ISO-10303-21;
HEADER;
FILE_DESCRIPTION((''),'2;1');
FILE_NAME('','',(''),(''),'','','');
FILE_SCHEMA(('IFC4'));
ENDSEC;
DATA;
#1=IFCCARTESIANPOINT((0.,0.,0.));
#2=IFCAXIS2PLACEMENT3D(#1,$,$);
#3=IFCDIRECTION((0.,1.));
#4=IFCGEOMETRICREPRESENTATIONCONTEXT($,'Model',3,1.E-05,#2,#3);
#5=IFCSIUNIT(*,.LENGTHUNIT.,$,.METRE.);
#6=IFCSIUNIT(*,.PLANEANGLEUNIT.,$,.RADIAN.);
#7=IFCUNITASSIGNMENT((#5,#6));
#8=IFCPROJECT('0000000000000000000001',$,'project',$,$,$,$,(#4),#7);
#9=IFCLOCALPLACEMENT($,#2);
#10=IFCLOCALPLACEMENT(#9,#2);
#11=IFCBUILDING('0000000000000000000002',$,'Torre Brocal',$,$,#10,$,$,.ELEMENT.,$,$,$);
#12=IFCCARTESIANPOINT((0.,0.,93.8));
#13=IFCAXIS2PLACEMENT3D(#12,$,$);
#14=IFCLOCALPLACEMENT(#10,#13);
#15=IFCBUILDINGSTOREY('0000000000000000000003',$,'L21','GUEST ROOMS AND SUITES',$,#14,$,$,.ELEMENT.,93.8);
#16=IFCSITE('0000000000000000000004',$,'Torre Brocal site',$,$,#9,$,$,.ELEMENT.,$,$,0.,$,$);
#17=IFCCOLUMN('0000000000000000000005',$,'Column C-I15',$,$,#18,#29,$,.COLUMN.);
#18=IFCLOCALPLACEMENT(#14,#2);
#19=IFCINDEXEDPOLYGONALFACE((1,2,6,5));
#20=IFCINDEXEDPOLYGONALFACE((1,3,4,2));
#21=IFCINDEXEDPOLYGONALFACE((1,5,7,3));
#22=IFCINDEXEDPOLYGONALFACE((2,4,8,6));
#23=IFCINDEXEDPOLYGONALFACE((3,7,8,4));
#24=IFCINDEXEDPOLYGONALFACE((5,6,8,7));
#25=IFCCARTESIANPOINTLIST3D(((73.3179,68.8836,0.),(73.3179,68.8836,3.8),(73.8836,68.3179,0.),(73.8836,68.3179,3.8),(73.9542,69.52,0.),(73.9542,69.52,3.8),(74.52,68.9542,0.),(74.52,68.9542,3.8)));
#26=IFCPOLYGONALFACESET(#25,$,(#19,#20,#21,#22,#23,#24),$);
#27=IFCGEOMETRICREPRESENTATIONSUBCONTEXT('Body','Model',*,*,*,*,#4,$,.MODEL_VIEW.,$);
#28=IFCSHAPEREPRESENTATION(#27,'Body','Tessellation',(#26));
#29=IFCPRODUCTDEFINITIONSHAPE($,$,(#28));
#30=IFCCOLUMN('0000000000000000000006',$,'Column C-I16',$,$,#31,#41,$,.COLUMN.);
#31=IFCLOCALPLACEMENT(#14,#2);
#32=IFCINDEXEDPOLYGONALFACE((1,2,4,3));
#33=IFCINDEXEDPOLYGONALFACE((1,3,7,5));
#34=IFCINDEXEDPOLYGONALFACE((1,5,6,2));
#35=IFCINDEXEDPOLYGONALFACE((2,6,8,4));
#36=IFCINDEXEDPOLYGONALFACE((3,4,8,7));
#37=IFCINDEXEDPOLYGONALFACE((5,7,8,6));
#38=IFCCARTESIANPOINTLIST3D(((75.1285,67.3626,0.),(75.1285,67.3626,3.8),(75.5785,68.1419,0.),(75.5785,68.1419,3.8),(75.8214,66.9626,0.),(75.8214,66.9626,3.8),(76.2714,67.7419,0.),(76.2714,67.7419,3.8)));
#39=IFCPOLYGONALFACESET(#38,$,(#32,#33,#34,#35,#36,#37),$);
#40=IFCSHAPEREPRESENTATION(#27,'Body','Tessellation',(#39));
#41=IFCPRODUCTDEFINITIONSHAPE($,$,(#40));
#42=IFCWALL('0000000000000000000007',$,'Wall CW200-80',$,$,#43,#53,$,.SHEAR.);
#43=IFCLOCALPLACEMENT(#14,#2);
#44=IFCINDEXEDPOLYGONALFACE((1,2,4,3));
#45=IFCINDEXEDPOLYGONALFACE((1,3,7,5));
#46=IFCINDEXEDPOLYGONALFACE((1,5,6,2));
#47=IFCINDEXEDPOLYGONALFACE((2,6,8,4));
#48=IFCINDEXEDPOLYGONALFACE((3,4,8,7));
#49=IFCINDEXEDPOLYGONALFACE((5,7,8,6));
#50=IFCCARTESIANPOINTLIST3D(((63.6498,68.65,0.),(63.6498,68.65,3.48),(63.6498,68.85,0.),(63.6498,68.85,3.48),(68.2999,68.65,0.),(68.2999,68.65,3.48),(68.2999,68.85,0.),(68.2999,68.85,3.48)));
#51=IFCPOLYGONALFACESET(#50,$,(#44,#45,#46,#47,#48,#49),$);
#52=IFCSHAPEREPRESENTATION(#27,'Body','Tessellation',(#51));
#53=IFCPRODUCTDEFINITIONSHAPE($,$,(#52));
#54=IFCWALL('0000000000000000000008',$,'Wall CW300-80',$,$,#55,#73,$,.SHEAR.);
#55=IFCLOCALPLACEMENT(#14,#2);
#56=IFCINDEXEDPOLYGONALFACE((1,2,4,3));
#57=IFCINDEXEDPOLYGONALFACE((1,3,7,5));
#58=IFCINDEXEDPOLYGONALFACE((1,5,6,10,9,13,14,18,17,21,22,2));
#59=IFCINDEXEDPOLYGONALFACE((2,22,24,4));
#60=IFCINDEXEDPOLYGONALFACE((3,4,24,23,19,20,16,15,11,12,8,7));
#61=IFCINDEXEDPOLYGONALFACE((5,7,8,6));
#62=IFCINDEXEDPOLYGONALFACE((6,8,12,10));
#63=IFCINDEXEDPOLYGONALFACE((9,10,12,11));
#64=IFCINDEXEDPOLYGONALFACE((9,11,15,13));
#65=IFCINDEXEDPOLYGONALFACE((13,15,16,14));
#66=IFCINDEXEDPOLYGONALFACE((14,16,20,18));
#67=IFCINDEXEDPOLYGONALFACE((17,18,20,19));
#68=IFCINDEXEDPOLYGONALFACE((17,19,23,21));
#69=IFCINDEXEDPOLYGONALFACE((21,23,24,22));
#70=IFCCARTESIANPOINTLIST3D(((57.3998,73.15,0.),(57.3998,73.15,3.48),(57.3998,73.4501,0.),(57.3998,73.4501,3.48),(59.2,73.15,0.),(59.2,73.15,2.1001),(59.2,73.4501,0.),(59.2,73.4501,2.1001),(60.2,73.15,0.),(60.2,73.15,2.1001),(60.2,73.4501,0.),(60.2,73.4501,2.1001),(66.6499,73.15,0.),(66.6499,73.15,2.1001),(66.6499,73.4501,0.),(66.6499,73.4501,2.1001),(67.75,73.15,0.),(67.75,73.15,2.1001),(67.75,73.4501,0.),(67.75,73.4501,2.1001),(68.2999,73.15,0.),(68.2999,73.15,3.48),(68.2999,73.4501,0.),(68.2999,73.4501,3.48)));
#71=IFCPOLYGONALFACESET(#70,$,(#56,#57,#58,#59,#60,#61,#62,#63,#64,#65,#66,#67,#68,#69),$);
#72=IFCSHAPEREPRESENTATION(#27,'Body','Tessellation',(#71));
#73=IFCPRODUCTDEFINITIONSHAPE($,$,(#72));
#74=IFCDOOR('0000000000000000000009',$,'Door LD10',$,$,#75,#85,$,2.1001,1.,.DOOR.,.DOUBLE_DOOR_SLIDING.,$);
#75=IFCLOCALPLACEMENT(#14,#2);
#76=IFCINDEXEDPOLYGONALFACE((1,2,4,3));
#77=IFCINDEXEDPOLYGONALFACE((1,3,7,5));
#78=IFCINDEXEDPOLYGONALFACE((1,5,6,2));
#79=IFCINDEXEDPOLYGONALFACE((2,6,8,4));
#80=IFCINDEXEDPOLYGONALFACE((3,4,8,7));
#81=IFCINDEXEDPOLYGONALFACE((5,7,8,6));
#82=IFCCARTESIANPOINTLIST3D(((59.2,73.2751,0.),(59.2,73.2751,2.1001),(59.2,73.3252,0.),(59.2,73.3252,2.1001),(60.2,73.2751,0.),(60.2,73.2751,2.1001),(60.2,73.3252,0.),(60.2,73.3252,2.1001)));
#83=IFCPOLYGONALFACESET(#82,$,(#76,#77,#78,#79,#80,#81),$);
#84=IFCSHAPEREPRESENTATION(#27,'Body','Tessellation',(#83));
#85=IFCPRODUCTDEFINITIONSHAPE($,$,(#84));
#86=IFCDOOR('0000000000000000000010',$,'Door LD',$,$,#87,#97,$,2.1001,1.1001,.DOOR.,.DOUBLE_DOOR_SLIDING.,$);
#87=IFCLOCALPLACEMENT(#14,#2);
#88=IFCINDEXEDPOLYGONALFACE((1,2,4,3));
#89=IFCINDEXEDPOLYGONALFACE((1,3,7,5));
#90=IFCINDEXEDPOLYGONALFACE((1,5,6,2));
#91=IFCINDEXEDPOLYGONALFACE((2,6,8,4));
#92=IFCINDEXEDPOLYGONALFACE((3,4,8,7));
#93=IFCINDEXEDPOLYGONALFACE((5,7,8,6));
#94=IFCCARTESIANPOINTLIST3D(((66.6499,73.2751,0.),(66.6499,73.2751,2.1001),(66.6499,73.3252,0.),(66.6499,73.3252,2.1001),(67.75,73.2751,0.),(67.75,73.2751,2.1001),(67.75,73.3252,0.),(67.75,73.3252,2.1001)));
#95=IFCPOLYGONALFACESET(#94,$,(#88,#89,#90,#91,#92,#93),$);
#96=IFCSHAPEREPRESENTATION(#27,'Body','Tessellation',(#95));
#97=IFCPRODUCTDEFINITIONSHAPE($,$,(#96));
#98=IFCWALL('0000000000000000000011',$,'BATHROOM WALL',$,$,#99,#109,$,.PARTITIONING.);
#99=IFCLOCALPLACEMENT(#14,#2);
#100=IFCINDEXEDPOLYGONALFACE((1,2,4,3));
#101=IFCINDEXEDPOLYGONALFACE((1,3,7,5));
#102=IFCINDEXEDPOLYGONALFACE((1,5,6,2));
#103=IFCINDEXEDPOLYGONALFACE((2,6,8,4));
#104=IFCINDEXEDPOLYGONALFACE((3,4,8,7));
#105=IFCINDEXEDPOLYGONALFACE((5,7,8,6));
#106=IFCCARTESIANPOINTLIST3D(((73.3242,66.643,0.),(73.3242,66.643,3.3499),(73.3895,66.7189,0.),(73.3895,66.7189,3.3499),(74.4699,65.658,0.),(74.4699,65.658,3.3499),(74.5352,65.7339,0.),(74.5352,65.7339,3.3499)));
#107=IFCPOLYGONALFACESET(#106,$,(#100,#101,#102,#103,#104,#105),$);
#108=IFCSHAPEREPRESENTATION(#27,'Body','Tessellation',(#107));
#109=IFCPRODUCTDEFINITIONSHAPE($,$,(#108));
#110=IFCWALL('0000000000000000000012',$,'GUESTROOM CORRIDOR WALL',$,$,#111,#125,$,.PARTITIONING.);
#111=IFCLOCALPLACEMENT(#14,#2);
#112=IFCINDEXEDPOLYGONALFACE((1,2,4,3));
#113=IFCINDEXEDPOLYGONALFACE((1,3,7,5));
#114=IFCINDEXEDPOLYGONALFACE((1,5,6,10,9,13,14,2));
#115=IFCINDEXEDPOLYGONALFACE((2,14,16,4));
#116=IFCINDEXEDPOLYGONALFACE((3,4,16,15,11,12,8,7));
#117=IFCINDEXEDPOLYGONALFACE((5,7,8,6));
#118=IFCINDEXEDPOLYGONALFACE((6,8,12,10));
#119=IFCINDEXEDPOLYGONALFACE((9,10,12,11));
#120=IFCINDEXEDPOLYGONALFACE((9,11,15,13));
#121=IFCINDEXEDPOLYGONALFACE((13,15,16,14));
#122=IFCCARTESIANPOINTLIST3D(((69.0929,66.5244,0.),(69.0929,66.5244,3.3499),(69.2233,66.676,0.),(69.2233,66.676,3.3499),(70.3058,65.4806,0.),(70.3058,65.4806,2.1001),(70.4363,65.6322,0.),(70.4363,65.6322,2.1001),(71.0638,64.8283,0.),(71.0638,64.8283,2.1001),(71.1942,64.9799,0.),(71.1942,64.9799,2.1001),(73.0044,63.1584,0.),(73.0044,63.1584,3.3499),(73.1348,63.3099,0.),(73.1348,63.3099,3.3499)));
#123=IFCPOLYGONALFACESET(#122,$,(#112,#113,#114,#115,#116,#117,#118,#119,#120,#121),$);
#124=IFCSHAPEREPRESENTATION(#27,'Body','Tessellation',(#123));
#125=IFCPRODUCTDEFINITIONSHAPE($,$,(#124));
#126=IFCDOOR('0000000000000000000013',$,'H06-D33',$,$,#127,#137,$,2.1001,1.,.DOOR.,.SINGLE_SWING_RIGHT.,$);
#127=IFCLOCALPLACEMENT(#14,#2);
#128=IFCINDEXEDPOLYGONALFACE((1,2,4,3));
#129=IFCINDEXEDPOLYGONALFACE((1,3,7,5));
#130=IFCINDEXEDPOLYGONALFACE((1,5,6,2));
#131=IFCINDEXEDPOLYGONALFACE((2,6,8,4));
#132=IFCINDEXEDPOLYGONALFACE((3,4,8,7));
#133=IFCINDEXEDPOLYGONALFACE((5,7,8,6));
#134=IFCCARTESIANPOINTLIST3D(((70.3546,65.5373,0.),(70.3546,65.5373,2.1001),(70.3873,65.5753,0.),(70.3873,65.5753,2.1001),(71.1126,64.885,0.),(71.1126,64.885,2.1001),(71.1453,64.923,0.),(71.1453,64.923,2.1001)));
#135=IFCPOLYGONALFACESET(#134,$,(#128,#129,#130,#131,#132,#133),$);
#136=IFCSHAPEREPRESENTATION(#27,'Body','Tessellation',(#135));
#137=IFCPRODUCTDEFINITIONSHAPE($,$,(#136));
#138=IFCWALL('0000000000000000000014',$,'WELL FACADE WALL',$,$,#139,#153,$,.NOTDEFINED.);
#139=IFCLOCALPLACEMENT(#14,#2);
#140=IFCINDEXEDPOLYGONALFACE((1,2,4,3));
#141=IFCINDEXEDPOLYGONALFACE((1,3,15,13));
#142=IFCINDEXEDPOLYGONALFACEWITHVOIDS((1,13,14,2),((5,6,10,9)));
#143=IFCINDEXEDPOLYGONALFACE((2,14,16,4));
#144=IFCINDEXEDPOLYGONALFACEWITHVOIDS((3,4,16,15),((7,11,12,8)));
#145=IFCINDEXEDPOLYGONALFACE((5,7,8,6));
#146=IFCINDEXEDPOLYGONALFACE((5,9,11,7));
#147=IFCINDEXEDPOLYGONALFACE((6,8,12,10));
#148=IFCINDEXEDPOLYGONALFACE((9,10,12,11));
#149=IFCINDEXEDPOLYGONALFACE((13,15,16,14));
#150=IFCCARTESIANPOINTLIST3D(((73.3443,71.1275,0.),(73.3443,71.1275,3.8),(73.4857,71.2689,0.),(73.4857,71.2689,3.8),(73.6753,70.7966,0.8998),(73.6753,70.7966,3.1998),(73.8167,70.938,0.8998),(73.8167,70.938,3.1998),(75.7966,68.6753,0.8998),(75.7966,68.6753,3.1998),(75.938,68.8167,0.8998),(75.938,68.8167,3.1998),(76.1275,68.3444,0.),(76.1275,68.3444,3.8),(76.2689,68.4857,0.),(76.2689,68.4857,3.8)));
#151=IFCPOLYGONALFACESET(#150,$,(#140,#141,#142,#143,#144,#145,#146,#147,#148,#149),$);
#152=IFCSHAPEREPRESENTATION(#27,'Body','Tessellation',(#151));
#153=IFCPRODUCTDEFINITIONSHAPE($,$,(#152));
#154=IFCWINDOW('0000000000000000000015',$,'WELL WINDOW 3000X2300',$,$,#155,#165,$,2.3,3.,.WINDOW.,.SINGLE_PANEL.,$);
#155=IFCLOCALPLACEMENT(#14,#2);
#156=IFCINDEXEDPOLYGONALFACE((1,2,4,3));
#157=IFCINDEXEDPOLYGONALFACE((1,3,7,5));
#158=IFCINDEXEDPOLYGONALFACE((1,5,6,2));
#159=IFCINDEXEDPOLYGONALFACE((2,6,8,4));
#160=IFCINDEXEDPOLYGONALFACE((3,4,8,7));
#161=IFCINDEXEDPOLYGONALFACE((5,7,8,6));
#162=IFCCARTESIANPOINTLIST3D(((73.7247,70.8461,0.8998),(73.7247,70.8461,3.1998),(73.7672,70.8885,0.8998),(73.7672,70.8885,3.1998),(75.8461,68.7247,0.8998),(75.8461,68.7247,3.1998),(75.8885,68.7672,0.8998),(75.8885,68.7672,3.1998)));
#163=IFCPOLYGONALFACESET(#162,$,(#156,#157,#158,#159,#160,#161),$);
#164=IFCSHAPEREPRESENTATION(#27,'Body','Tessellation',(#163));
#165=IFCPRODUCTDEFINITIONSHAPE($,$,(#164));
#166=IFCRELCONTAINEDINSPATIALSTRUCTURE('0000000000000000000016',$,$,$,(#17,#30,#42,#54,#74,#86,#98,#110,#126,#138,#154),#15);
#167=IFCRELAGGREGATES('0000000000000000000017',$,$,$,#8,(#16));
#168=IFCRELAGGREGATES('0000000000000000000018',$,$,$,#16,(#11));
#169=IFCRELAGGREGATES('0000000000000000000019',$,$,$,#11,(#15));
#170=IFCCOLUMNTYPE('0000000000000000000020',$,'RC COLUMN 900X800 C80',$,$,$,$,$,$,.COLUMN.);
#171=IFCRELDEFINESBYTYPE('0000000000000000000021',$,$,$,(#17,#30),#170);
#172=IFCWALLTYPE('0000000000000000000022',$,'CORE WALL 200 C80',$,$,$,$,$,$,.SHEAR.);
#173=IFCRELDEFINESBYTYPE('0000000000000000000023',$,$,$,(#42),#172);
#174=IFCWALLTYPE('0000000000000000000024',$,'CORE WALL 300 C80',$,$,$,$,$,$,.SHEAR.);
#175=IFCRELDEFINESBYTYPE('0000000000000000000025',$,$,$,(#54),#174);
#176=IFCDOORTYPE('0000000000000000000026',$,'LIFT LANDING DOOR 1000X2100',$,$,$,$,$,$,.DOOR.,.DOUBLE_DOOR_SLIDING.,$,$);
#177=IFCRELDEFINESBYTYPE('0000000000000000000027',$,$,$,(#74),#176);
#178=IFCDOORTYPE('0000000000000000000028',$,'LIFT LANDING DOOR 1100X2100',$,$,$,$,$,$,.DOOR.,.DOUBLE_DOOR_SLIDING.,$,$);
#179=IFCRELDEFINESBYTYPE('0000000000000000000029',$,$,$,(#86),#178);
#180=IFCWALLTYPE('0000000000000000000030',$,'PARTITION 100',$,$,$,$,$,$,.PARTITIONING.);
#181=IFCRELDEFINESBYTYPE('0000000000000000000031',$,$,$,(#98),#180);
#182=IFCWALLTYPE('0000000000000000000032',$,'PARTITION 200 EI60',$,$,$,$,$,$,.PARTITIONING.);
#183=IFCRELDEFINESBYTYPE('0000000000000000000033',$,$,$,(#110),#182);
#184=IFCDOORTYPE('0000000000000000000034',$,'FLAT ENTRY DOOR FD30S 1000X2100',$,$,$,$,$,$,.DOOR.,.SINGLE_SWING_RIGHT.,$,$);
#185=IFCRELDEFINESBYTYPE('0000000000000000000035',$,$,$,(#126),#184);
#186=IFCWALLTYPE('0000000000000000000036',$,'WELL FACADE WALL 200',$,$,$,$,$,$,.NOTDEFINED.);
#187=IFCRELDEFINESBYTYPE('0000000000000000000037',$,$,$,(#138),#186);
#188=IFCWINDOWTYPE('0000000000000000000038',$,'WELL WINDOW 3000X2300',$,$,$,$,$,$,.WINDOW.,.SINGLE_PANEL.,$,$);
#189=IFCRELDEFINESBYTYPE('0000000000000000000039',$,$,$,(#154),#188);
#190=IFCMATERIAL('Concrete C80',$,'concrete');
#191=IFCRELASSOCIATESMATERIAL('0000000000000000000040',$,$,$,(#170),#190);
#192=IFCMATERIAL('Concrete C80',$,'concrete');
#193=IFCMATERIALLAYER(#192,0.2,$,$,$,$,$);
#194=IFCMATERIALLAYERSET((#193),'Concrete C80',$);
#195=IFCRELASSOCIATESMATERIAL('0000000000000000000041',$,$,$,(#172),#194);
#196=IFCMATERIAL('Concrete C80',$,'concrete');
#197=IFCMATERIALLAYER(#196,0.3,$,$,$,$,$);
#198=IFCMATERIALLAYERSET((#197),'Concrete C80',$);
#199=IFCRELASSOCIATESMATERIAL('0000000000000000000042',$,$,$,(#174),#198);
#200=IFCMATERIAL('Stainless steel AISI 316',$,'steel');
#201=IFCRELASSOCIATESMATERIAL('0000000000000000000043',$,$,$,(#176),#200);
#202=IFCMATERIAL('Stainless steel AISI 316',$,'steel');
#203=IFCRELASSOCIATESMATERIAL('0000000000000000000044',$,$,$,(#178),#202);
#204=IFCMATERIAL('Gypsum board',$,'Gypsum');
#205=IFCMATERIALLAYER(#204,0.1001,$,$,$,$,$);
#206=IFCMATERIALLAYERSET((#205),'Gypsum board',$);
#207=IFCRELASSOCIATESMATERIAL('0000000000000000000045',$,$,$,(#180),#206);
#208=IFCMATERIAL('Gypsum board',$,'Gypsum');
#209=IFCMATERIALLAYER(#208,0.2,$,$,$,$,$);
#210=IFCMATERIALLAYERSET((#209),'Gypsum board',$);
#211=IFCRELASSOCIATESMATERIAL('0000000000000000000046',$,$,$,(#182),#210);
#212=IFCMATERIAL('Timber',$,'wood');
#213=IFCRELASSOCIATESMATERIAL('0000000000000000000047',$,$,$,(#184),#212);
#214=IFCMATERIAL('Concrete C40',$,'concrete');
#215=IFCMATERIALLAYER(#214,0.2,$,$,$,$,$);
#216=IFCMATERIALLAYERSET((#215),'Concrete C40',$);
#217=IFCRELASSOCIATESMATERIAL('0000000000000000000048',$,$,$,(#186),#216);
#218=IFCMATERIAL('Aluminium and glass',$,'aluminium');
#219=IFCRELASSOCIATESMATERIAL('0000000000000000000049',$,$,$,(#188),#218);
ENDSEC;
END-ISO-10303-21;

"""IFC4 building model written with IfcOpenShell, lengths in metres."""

from ifc_helpers import new_model, si_unit, direction, frame, frame_2d, origin, origin_2d, place, context, subcontext, project, spatial, rectangle, extrude, material, layer, layer_set, material_profile, profile_set, type_object, element, fill, save


model = new_model("IFC4")

# Units and contexts
model_context = context("Model", 3, precision=1e-05, world=origin(), true_north=direction((0.0, 1.0)))
body_context = subcontext(model_context, "Body", "Model", "MODEL_VIEW")
ifc_project = project(units=[si_unit("LENGTHUNIT", "METRE"), si_unit("PLANEANGLEUNIT", "RADIAN")], contexts=[model_context])

# Site, building, storey
site_placement = place(None, origin())
site = spatial("IfcSite", under=ifc_project, at=site_placement, Name="Torre Brocal site", CompositionType="ELEMENT", RefElevation=0.0)
building_placement = place(site_placement, origin())
building = spatial("IfcBuilding", under=site, at=building_placement, Name="Torre Brocal", CompositionType="ELEMENT")
storey_placement = place(building_placement, frame((0.0, 0.0, 93.8)))
storey = spatial("IfcBuildingStorey", under=building, at=storey_placement, Name="L21", Description="GUEST ROOMS AND SUITES", CompositionType="ELEMENT", Elevation=93.8)

# Columns
ifc_material_1 = material(Name="Concrete C80", Category="concrete")
ifc_material_profile = material_profile(ifc_material_1, rectangle(XDim=0.8999, YDim=0.8, at=origin_2d()), Name="RC 900X800")
ifc_profile_set = profile_set([ifc_material_profile], Name="Concrete C80")
column_type = type_object("IfcColumnType", Name="RC COLUMN 900X800 C80", PredefinedType="COLUMN", material=ifc_profile_set)
for number, where, z_axis, x_axis, name in (
    (1, (73.9189, 68.9189, 0.0), (0.0, 0.0, 1.0), (-0.707107, -0.707107, 0.0), "Column C-I15"),
    (2, (75.7, 67.5522, 0.0), (0.0, 0.0, 1.0), (-0.5, -0.866025, 0.0), "Column C-I16"),
):
    element("IfcColumn", number, at=place(storey_placement, frame(where, z_axis=z_axis, x_axis=x_axis)), inside=storey, type_object=column_type, Name=name, PredefinedType="COLUMN", context=body_context, shape_type="SweptSolid", body=[
        extrude(rectangle(XDim=0.8999, YDim=0.8, at=origin_2d()), origin(), (0.0, 0.0, 1.0), 3.8),
    ])

# Wall
ifc_material_2 = material(Name="Concrete C80", Category="concrete")
ifc_layer_1 = layer(ifc_material_2, 0.2)
ifc_layer_set_1 = layer_set([ifc_layer_1], Name="Concrete C80")
wall_type_1 = type_object("IfcWallType", Name="CORE WALL 200 C80", PredefinedType="SHEAR", material=ifc_layer_set_1)
wall_1_placement = place(storey_placement, frame((68.3, 68.75, 0.0), z_axis=(0.0, 0.0, 1.0), x_axis=(-1.0, 0.0, 0.0)))
element("IfcWall", 3, at=wall_1_placement, inside=storey, type_object=wall_type_1, Name="Wall CW200-80", PredefinedType="SHEAR", context=body_context, shape_type="SweptSolid", body=[
    extrude(rectangle(XDim=4.6501, YDim=0.2, at=frame_2d((2.3252, 0.0))), origin(), (0.0, 0.0, 1.0), 3.48),
])

# Wall, openings, doors
ifc_material_3 = material(Name="Concrete C80", Category="concrete")
ifc_layer_2 = layer(ifc_material_3, 0.3)
ifc_layer_set_2 = layer_set([ifc_layer_2], Name="Concrete C80")
wall_type_2 = type_object("IfcWallType", Name="CORE WALL 300 C80", PredefinedType="SHEAR", material=ifc_layer_set_2)
wall_2_placement = place(storey_placement, frame((68.3, 73.3, 0.0), z_axis=(0.0, 0.0, 1.0), x_axis=(-1.0, 0.0, 0.0)))
wall_2 = element("IfcWall", 4, at=wall_2_placement, inside=storey, type_object=wall_type_2, Name="Wall CW300-80", PredefinedType="SHEAR", context=body_context, shape_type="SweptSolid", body=[
    extrude(rectangle(XDim=10.9001, YDim=0.3, at=frame_2d((5.4502, 0.0))), origin(), (0.0, 0.0, 1.0), 3.48),
])
opening_1_placement = place(wall_2_placement, frame((0.55, 0.0, 0.0)))
opening_1 = element("IfcOpeningElement", 5, at=opening_1_placement, cuts=wall_2, PredefinedType="OPENING", context=body_context, shape_type="SweptSolid", body=[
    extrude(rectangle(XDim=1.1001, YDim=2.1001, at=frame_2d((0.55, 1.05))), frame((0.0, 0.1599, 0.0), z_axis=(0.0, -1.0, 0.0), x_axis=(1.0, 0.0, 0.0)), (0.0, 0.0, 1.0), 0.3201),
])
opening_2_placement = place(wall_2_placement, frame((8.1001, 0.0, 0.0)))
opening_2 = element("IfcOpeningElement", 6, at=opening_2_placement, cuts=wall_2, PredefinedType="OPENING", context=body_context, shape_type="SweptSolid", body=[
    extrude(rectangle(XDim=1.0, YDim=2.1001, at=frame_2d((0.5, 1.05))), frame((0.0, 0.1599, 0.0), z_axis=(0.0, -1.0, 0.0), x_axis=(1.0, 0.0, 0.0)), (0.0, 0.0, 1.0), 0.3201),
])
ifc_material_4 = material(Name="Stainless steel AISI 316", Category="steel")
door_type_1 = type_object("IfcDoorType", Name="LIFT LANDING DOOR 1000X2100", OperationType="DOUBLE_DOOR_SLIDING", PredefinedType="DOOR", material=ifc_material_4)
door_1_placement = place(opening_2_placement, origin())
door_1 = element("IfcDoor", 7, at=door_1_placement, inside=storey, type_object=door_type_1, Name="Door LD10", OperationType="DOUBLE_DOOR_SLIDING", OverallHeight=2.1001, OverallWidth=1.0, PredefinedType="DOOR", context=body_context, shape_type="SweptSolid", body=[
    extrude(rectangle(XDim=1.0, YDim=2.1001, at=frame_2d((0.5, 1.05))), frame((0.0, 0.0249, 0.0), z_axis=(0.0, -1.0, 0.0), x_axis=(1.0, 0.0, 0.0)), (0.0, 0.0, 1.0), 0.05),
])
fill(opening_2, door_1)
ifc_material_5 = material(Name="Stainless steel AISI 316", Category="steel")
door_type_2 = type_object("IfcDoorType", Name="LIFT LANDING DOOR 1100X2100", OperationType="DOUBLE_DOOR_SLIDING", PredefinedType="DOOR", material=ifc_material_5)
door_2_placement = place(opening_1_placement, origin())
door_2 = element("IfcDoor", 8, at=door_2_placement, inside=storey, type_object=door_type_2, Name="Door LD", OperationType="DOUBLE_DOOR_SLIDING", OverallHeight=2.1001, OverallWidth=1.1001, PredefinedType="DOOR", context=body_context, shape_type="SweptSolid", body=[
    extrude(rectangle(XDim=1.1001, YDim=2.1001, at=frame_2d((0.55, 1.05))), frame((0.0, 0.0249, 0.0), z_axis=(0.0, -1.0, 0.0), x_axis=(1.0, 0.0, 0.0)), (0.0, 0.0, 1.0), 0.05),
])
fill(opening_1, door_2)

# Wall
ifc_material_6 = material(Name="Gypsum board", Category="Gypsum")
ifc_layer_3 = layer(ifc_material_6, 0.1001)
ifc_layer_set_3 = layer_set([ifc_layer_3], Name="Gypsum board")
wall_type_3 = type_object("IfcWallType", Name="PARTITION 100", PredefinedType="PARTITIONING", material=ifc_layer_set_3)
wall_3_placement = place(storey_placement, frame((73.3569, 66.6809, 0.0), z_axis=(0.0, 0.0, 1.0), x_axis=(0.758263, -0.651948, 0.0)))
element("IfcWall", 9, at=wall_3_placement, inside=storey, type_object=wall_type_3, Name="BATHROOM WALL", PredefinedType="PARTITIONING", context=body_context, shape_type="SweptSolid", body=[
    extrude(rectangle(XDim=1.511, YDim=0.1001, at=frame_2d((0.7554, 0.0))), origin(), (0.0, 0.0, 1.0), 3.3499),
])

# Wall, opening, door
ifc_material_7 = material(Name="Gypsum board", Category="Gypsum")
ifc_layer_4 = layer(ifc_material_7, 0.2)
ifc_layer_set_4 = layer_set([ifc_layer_4], Name="Gypsum board")
wall_type_4 = type_object("IfcWallType", Name="PARTITION 200 EI60", PredefinedType="PARTITIONING", material=ifc_layer_set_4)
wall_4_placement = place(storey_placement, frame((69.1582, 66.6001, 0.0), z_axis=(0.0, 0.0, 1.0), x_axis=(0.757976, -0.652282, 0.0)))
wall_4 = element("IfcWall", 10, at=wall_4_placement, inside=storey, type_object=wall_type_4, Name="GUESTROOM CORRIDOR WALL", PredefinedType="PARTITIONING", context=body_context, shape_type="SweptSolid", body=[
    extrude(rectangle(XDim=5.1604, YDim=0.2, at=frame_2d((2.5801, 0.0))), origin(), (0.0, 0.0, 1.0), 3.3499),
])
opening_3_placement = place(wall_4_placement, frame((1.6001, 0.0, 0.0)))
opening_3 = element("IfcOpeningElement", 11, at=opening_3_placement, cuts=wall_4, PredefinedType="OPENING", context=body_context, shape_type="SweptSolid", body=[
    extrude(rectangle(XDim=1.0, YDim=2.1001, at=frame_2d((0.5, 1.05))), frame((0.0, 0.1099, 0.0), z_axis=(0.0, -1.0, 0.0), x_axis=(1.0, 0.0, 0.0)), (0.0, 0.0, 1.0), 0.22),
])
ifc_material_8 = material(Name="Timber", Category="wood")
door_type_3 = type_object("IfcDoorType", Name="FLAT ENTRY DOOR FD30S 1000X2100", OperationType="SINGLE_SWING_RIGHT", PredefinedType="DOOR", material=ifc_material_8)
door_3_placement = place(opening_3_placement, origin())
door_3 = element("IfcDoor", 12, at=door_3_placement, inside=storey, type_object=door_type_3, Name="H06-D33", OperationType="SINGLE_SWING_RIGHT", OverallHeight=2.1001, OverallWidth=1.0, PredefinedType="DOOR", context=body_context, shape_type="SweptSolid", body=[
    extrude(rectangle(XDim=1.0, YDim=2.1001, at=frame_2d((0.5, 1.05))), frame((0.0, 0.0249, 0.0), z_axis=(0.0, -1.0, 0.0), x_axis=(1.0, 0.0, 0.0)), (0.0, 0.0, 1.0), 0.05),
])
fill(opening_3, door_3)

# Wall, opening, window
ifc_material_9 = material(Name="Concrete C40", Category="concrete")
ifc_layer_5 = layer(ifc_material_9, 0.2)
ifc_layer_set_5 = layer_set([ifc_layer_5], Name="Concrete C40")
wall_type_5 = type_object("IfcWallType", Name="WELL FACADE WALL 200", PredefinedType="NOTDEFINED", material=ifc_layer_set_5)
wall_5_placement = place(storey_placement, frame((73.415, 71.1982, 0.0), z_axis=(0.0, 0.0, 1.0), x_axis=(0.707107, -0.707107, 0.0)))
wall_5 = element("IfcWall", 13, at=wall_5_placement, inside=storey, type_object=wall_type_5, Name="WELL FACADE WALL", PredefinedType="NOTDEFINED", context=body_context, shape_type="SweptSolid", body=[
    extrude(rectangle(XDim=3.936, YDim=0.2, at=frame_2d((1.968, 0.0))), origin(), (0.0, 0.0, 1.0), 3.8),
])
opening_4_placement = place(wall_5_placement, frame((0.468, 0.0, 0.8999)))
opening_4 = element("IfcOpeningElement", 14, at=opening_4_placement, cuts=wall_5, PredefinedType="OPENING", context=body_context, shape_type="SweptSolid", body=[
    extrude(rectangle(XDim=3.0, YDim=2.3, at=frame_2d((1.5, 1.1499))), frame((0.0, 0.1099, 0.0), z_axis=(0.0, -1.0, 0.0), x_axis=(1.0, 0.0, 0.0)), (0.0, 0.0, 1.0), 0.22),
])
ifc_material_10 = material(Name="Aluminium and glass", Category="aluminium")
window_type = type_object("IfcWindowType", Name="WELL WINDOW 3000X2300", PartitioningType="SINGLE_PANEL", PredefinedType="WINDOW", material=ifc_material_10)
window_1_placement = place(opening_4_placement, origin())
window_1 = element("IfcWindow", 15, at=window_1_placement, inside=storey, type_object=window_type, Name="WELL WINDOW 3000X2300", OverallHeight=2.3, OverallWidth=3.0, PartitioningType="SINGLE_PANEL", PredefinedType="WINDOW", context=body_context, shape_type="SweptSolid", body=[
    extrude(rectangle(XDim=3.0, YDim=2.3, at=frame_2d((1.5, 1.1499))), frame((0.0, 0.03, 0.0), z_axis=(0.0, -1.0, 0.0), x_axis=(1.0, 0.0, 0.0)), (0.0, 0.0, 1.0), 0.0601),
])
fill(opening_4, window_1)

save(model, "model.ifc")
